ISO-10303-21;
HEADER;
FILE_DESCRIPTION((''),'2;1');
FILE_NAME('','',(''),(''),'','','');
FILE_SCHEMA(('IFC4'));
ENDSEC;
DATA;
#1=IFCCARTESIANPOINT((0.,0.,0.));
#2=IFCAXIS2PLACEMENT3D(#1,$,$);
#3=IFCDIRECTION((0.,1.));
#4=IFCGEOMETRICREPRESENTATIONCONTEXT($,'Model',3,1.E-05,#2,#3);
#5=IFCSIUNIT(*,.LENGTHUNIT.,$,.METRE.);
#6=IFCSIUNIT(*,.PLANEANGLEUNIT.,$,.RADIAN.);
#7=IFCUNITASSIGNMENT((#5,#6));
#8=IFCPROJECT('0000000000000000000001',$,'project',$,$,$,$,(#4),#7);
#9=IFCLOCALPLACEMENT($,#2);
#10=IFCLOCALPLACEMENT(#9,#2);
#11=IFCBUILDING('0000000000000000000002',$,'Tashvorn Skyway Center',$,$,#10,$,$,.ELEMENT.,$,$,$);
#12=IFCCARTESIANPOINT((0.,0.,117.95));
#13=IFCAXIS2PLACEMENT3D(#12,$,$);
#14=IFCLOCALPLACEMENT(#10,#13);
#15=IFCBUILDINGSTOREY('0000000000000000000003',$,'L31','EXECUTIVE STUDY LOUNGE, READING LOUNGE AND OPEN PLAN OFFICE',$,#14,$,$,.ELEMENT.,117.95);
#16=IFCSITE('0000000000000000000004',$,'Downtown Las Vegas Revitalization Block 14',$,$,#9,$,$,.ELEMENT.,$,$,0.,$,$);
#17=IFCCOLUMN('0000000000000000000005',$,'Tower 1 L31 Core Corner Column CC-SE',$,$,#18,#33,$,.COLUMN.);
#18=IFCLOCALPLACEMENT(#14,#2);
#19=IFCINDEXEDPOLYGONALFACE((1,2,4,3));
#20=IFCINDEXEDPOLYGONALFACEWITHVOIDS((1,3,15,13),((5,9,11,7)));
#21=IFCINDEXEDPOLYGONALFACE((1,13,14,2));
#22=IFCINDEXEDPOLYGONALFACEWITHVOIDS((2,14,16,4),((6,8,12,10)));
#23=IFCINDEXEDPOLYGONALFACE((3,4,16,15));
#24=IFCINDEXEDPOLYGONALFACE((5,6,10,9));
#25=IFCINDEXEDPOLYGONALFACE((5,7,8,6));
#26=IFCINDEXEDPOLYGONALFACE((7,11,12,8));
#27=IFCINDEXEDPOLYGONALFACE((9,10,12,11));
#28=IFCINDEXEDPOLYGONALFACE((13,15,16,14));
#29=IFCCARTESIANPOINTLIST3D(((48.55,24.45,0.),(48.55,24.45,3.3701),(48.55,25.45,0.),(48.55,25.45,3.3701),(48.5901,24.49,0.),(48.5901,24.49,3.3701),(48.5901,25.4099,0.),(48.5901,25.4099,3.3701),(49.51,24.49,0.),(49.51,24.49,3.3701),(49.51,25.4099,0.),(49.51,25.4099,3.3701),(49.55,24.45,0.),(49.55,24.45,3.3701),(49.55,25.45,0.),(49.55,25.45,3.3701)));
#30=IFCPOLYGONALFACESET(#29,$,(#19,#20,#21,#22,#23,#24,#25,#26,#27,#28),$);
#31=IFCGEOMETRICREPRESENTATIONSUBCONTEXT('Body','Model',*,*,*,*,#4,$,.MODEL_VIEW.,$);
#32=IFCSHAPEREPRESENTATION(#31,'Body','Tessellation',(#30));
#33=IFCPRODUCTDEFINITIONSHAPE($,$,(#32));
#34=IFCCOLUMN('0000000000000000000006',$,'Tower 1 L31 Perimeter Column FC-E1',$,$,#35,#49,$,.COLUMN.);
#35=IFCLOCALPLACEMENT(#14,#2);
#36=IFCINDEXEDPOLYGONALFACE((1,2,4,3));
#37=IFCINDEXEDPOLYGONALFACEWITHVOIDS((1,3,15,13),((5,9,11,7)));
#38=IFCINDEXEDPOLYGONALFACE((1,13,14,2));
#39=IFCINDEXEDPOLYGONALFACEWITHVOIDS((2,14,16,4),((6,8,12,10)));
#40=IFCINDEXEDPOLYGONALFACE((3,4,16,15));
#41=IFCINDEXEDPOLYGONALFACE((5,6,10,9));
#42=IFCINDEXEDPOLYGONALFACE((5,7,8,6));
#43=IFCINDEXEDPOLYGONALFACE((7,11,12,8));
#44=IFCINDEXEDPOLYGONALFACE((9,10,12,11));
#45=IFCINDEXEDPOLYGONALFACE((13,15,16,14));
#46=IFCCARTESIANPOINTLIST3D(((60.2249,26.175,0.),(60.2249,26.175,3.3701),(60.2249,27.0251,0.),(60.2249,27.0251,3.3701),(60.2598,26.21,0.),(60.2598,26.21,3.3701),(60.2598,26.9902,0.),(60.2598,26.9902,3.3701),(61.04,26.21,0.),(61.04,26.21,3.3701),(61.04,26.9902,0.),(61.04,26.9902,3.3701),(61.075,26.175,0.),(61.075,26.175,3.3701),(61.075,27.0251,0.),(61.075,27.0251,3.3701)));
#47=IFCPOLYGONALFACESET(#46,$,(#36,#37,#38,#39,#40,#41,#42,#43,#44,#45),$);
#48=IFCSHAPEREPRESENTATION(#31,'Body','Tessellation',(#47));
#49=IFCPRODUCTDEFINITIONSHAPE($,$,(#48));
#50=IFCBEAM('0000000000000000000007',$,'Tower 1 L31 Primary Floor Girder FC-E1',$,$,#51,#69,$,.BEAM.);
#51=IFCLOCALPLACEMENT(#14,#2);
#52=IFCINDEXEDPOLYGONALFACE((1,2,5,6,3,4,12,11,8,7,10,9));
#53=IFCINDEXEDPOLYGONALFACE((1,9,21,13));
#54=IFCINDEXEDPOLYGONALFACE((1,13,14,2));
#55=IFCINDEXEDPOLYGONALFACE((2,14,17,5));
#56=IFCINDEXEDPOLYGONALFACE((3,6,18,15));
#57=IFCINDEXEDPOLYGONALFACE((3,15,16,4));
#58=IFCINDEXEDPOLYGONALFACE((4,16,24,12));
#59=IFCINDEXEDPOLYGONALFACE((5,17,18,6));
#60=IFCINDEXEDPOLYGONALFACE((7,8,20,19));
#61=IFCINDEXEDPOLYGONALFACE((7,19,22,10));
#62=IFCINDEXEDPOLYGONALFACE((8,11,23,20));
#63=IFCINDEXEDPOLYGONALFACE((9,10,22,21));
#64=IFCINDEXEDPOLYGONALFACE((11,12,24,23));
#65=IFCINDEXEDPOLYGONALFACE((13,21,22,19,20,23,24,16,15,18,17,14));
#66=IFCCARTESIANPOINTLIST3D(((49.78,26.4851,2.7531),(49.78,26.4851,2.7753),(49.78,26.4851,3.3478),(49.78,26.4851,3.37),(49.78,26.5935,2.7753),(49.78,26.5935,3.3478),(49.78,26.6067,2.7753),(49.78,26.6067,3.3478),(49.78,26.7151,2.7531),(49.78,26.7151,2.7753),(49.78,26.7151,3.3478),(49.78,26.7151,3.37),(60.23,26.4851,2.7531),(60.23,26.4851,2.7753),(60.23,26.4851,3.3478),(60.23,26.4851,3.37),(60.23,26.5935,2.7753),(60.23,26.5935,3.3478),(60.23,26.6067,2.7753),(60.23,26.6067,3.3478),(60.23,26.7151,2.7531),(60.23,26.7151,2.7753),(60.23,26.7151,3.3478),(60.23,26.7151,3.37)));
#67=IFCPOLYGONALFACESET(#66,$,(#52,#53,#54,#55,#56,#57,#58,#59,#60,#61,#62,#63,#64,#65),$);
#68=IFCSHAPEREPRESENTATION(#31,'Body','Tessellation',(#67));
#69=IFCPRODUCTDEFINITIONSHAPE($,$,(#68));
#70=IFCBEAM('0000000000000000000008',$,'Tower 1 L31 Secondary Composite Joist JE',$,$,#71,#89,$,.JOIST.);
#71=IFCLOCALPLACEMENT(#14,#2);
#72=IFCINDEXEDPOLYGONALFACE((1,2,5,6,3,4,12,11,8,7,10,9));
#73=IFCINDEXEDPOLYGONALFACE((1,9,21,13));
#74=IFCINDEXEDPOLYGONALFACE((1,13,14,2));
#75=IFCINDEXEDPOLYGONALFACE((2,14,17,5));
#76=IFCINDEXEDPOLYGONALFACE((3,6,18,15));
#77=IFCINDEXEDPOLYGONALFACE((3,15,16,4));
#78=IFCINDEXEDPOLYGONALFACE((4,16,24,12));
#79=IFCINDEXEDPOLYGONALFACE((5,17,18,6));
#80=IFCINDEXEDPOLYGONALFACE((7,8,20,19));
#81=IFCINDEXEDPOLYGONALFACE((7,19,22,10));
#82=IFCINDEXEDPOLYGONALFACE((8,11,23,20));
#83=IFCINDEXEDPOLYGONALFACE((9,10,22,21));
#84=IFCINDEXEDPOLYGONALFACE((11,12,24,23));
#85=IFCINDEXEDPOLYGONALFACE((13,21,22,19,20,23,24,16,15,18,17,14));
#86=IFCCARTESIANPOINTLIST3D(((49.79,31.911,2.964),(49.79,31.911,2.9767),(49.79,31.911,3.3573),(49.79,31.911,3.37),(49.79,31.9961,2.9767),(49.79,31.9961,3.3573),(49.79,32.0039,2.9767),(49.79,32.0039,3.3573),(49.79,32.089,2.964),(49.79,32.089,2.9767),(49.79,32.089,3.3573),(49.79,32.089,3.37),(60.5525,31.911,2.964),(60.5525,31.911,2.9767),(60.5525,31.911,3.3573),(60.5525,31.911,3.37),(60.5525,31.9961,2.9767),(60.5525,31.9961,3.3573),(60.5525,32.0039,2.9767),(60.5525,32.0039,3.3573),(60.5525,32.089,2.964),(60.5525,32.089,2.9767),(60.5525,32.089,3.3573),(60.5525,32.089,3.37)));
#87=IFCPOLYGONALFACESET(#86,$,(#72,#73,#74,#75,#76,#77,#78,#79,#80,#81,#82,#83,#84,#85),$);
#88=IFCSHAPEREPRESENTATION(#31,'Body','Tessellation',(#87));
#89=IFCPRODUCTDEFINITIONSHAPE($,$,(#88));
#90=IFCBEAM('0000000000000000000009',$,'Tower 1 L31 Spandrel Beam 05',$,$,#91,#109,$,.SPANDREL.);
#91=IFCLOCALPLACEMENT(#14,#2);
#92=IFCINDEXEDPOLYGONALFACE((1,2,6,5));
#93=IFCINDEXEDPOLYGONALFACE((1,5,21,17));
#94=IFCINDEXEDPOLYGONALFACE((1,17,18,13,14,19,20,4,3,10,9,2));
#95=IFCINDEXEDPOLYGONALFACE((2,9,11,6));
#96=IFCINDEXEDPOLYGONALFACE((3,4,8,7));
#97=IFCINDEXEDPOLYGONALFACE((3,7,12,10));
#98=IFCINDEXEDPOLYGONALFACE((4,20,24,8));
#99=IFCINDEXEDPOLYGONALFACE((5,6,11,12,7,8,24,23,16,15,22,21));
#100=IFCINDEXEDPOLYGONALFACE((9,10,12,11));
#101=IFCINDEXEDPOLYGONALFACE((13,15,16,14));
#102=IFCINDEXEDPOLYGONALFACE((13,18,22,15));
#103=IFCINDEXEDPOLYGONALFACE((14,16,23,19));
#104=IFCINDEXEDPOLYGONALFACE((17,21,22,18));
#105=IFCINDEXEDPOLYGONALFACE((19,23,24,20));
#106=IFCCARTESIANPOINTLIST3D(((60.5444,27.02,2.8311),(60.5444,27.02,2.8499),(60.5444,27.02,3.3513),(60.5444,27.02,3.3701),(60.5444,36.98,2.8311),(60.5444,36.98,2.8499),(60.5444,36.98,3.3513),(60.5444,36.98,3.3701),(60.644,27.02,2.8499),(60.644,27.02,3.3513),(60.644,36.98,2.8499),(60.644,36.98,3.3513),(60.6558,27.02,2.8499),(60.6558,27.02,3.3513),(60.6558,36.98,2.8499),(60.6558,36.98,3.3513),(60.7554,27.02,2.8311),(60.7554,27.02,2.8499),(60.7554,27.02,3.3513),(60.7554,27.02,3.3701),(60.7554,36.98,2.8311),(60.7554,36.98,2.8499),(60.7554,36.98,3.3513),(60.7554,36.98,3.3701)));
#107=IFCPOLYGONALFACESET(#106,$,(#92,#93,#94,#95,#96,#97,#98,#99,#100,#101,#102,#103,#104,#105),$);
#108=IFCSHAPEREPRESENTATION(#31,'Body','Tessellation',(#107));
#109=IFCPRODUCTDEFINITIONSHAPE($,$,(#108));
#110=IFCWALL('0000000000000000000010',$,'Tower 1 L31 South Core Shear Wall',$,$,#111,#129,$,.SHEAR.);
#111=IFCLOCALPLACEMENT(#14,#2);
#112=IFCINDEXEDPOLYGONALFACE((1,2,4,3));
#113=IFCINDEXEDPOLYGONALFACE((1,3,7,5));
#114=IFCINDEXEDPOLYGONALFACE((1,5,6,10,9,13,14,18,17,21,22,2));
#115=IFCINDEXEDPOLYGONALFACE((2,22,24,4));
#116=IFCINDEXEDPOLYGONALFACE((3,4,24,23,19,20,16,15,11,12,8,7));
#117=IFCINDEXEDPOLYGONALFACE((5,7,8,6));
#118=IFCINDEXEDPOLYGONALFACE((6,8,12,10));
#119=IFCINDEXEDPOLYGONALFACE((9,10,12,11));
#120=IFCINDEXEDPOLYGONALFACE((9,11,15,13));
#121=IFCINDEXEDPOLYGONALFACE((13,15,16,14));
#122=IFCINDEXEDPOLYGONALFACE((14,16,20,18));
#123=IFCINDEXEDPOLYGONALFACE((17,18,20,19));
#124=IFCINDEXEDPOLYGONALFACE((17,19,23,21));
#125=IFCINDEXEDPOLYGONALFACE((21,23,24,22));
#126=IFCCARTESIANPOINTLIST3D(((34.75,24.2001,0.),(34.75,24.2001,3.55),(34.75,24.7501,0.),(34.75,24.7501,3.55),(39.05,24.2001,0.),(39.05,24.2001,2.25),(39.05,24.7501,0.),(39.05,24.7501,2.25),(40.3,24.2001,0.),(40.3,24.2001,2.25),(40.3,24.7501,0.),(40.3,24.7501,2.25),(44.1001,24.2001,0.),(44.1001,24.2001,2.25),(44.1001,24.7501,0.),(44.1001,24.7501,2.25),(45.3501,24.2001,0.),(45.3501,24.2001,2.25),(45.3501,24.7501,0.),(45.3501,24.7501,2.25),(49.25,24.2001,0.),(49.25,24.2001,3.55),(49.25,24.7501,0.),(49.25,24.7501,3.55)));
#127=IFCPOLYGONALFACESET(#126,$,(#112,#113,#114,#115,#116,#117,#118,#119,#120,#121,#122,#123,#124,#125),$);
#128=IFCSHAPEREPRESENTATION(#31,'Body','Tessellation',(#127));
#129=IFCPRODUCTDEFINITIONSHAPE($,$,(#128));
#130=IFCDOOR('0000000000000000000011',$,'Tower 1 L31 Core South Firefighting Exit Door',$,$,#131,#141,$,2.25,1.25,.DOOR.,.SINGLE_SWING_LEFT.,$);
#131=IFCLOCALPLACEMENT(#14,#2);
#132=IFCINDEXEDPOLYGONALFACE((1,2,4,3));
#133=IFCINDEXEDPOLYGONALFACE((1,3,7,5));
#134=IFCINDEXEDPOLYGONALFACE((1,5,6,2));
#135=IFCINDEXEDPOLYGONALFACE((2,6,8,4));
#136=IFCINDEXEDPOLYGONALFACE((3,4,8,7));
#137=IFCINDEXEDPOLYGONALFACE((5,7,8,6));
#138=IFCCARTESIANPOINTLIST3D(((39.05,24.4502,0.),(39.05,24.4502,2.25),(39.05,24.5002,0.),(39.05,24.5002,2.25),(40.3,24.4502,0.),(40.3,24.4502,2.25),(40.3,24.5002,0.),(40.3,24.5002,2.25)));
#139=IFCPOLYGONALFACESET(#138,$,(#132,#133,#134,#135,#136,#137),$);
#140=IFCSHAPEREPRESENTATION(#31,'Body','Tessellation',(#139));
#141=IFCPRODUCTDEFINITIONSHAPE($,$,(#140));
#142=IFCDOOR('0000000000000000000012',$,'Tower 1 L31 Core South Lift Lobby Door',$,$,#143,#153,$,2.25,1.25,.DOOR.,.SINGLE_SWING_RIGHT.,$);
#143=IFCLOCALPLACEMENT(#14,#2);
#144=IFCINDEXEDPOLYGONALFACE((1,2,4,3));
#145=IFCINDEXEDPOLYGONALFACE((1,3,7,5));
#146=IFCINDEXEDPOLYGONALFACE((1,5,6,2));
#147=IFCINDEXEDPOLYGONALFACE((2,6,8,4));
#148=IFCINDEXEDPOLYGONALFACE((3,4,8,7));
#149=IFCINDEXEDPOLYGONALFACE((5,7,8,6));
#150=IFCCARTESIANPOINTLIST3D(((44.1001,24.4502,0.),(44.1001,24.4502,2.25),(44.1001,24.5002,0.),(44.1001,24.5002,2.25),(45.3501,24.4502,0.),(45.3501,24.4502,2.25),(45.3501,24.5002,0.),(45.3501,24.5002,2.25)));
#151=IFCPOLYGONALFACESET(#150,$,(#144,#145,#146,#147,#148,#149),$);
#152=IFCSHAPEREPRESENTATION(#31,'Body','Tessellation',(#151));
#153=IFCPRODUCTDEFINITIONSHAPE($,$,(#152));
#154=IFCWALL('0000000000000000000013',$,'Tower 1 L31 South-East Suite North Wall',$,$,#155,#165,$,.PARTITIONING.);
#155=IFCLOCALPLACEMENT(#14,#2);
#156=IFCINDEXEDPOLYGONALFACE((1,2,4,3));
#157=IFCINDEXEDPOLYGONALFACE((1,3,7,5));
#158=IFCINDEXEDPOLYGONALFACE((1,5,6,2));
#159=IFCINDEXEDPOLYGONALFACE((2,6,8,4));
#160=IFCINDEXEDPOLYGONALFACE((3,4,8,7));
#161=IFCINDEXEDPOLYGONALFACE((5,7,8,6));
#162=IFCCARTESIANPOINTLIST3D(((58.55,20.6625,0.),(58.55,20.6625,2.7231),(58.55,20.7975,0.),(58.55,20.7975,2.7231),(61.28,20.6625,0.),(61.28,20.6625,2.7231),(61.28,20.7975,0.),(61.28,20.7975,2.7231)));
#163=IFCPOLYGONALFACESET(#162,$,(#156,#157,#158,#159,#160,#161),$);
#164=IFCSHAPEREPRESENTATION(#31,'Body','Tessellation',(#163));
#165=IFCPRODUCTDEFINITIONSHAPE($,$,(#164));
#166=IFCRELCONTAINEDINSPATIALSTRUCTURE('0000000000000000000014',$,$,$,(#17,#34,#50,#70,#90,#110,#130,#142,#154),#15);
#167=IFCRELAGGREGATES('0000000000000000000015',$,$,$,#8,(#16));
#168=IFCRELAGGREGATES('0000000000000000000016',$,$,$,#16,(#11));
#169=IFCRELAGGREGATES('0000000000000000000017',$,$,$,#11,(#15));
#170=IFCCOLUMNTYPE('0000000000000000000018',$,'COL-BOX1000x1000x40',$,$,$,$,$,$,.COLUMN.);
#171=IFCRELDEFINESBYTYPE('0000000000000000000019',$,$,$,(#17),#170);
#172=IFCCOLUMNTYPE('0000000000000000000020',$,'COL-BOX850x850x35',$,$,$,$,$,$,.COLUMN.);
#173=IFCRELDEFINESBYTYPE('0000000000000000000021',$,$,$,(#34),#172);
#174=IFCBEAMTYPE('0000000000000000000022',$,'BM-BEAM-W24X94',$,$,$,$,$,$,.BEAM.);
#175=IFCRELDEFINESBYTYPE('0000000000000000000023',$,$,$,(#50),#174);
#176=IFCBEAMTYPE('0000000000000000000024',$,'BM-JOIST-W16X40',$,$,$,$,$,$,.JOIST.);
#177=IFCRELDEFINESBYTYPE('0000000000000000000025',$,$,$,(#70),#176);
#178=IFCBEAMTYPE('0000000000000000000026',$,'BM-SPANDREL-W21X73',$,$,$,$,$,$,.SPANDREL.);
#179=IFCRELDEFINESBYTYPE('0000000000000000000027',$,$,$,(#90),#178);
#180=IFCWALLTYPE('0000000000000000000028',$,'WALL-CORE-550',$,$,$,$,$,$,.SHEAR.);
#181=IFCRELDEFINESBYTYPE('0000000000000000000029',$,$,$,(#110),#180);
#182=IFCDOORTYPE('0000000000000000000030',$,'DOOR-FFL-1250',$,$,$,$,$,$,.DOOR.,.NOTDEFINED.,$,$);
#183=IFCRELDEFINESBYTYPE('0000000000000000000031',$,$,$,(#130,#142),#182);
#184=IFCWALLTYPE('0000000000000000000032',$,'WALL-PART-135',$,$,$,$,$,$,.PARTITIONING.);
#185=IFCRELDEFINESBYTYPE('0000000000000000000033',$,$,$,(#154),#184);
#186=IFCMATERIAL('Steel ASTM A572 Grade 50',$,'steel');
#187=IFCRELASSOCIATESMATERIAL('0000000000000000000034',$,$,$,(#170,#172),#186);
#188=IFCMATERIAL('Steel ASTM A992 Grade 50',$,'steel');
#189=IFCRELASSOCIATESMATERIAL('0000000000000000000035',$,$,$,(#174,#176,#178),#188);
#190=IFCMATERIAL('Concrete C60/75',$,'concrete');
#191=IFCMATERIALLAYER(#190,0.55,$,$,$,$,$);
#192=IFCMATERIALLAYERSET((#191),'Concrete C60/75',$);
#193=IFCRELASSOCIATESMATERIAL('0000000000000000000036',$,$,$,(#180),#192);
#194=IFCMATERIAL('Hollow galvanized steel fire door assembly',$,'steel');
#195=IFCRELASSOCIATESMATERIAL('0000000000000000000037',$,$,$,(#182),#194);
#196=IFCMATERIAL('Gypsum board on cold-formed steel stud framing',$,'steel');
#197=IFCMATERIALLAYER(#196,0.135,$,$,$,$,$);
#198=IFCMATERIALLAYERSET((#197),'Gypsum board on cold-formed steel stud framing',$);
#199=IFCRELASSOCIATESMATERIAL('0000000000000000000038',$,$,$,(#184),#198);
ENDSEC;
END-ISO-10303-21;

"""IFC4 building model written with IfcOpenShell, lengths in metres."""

from ifc_helpers import new_model, si_unit, direction, frame, frame_2d, origin, origin_2d, place, context, subcontext, project, spatial, rectangle, hollow_rectangle, i_section, extrude, material, layer, layer_set, material_profile, profile_set, type_object, element, fill, save


model = new_model("IFC4")

# Units and contexts
model_context = context("Model", 3, precision=1e-05, world=origin(), true_north=direction((0.0, 1.0)))
body_context = subcontext(model_context, "Body", "Model", "MODEL_VIEW")
ifc_project = project(units=[si_unit("LENGTHUNIT", "METRE"), si_unit("PLANEANGLEUNIT", "RADIAN")], contexts=[model_context])

# Site, building, storey
site_placement = place(None, origin())
site = spatial("IfcSite", under=ifc_project, at=site_placement, Name="Downtown Las Vegas Revitalization Block 14", CompositionType="ELEMENT", RefElevation=0.0)
building_placement = place(site_placement, origin())
building = spatial("IfcBuilding", under=site, at=building_placement, Name="Tashvorn Skyway Center", CompositionType="ELEMENT")
storey_placement = place(building_placement, frame((0.0, 0.0, 117.95)))
storey = spatial("IfcBuildingStorey", under=building, at=storey_placement, Name="L31", Description="EXECUTIVE STUDY LOUNGE, READING LOUNGE AND OPEN PLAN OFFICE", CompositionType="ELEMENT", Elevation=117.95)

# Columns
ifc_material_1 = material(Name="Steel ASTM A572 Grade 50", Category="steel")
ifc_material_profile_1 = material_profile(ifc_material_1, hollow_rectangle(XDim=1.0, YDim=1.0, WallThickness=0.04, at=origin_2d()), Name="BOX1000x1000x40")
ifc_profile_set_1 = profile_set([ifc_material_profile_1], Name="Steel ASTM A572 Grade 50")
column_type_1 = type_object("IfcColumnType", Name="COL-BOX1000x1000x40", PredefinedType="COLUMN", material=ifc_profile_set_1)
column_1_placement = place(storey_placement, frame((49.05, 24.95, 0.0), z_axis=(0.0, 0.0, 1.0), x_axis=(1.0, 0.0, 0.0)))
element("IfcColumn", 1, at=column_1_placement, inside=storey, type_object=column_type_1, Name="Tower 1 L31 Core Corner Column CC-SE", PredefinedType="COLUMN", context=body_context, shape_type="SweptSolid", body=[
    extrude(hollow_rectangle(XDim=1.0, YDim=1.0, WallThickness=0.04, at=origin_2d()), origin(), (0.0, 0.0, 1.0), 3.3701),
])
ifc_material_profile_2 = material_profile(ifc_material_1, hollow_rectangle(XDim=0.8501, YDim=0.8501, WallThickness=0.0349, at=origin_2d()), Name="BOX850x850x35")
ifc_profile_set_2 = profile_set([ifc_material_profile_2], Name="Steel ASTM A572 Grade 50")
column_type_2 = type_object("IfcColumnType", Name="COL-BOX850x850x35", PredefinedType="COLUMN", material=ifc_profile_set_2)
column_2_placement = place(storey_placement, frame((60.6499, 26.6001, 0.0), z_axis=(0.0, 0.0, 1.0), x_axis=(1.0, 0.0, 0.0)))
element("IfcColumn", 2, at=column_2_placement, inside=storey, type_object=column_type_2, Name="Tower 1 L31 Perimeter Column FC-E1", PredefinedType="COLUMN", context=body_context, shape_type="SweptSolid", body=[
    extrude(hollow_rectangle(XDim=0.8501, YDim=0.8501, WallThickness=0.0349, at=origin_2d()), origin(), (0.0, 0.0, 1.0), 3.3701),
])

# Beams
ifc_material_2 = material(Name="Steel ASTM A992 Grade 50", Category="steel")
ifc_material_profile_3 = material_profile(ifc_material_2, i_section(OverallWidth=0.23, OverallDepth=0.6169, WebThickness=0.0132, FlangeThickness=0.0222, at=origin_2d()), Name="W24X94")
ifc_profile_set_3 = profile_set([ifc_material_profile_3], Name="Steel ASTM A992 Grade 50")
beam_type_1 = type_object("IfcBeamType", Name="BM-BEAM-W24X94", PredefinedType="BEAM", material=ifc_profile_set_3)
beam_1_placement = place(storey_placement, frame((60.23, 26.6001, 3.0615), z_axis=(-1.0, 0.0, 0.0), x_axis=(0.0, -1.0, 0.0)))
element("IfcBeam", 3, at=beam_1_placement, inside=storey, type_object=beam_type_1, Name="Tower 1 L31 Primary Floor Girder FC-E1", PredefinedType="BEAM", context=body_context, shape_type="SweptSolid", body=[
    extrude(i_section(OverallWidth=0.23, OverallDepth=0.6169, WebThickness=0.0132, FlangeThickness=0.0222, at=origin_2d()), origin(), (0.0, 0.0, 1.0), 10.45),
])
ifc_material_profile_4 = material_profile(ifc_material_2, i_section(OverallWidth=0.178, OverallDepth=0.406, WebThickness=0.0078, FlangeThickness=0.0127, at=origin_2d()), Name="W16X40")
ifc_profile_set_4 = profile_set([ifc_material_profile_4], Name="Steel ASTM A992 Grade 50")
beam_type_2 = type_object("IfcBeamType", Name="BM-JOIST-W16X40", PredefinedType="JOIST", material=ifc_profile_set_4)
beam_2_placement = place(storey_placement, frame((49.79, 32.0, 3.167), z_axis=(1.0, 0.0, 0.0), x_axis=(0.0, 1.0, 0.0)))
element("IfcBeam", 4, at=beam_2_placement, inside=storey, type_object=beam_type_2, Name="Tower 1 L31 Secondary Composite Joist JE", PredefinedType="JOIST", context=body_context, shape_type="SweptSolid", body=[
    extrude(i_section(OverallWidth=0.178, OverallDepth=0.406, WebThickness=0.0078, FlangeThickness=0.0127, at=origin_2d()), origin(), (0.0, 0.0, 1.0), 10.7625),
])
ifc_material_profile_5 = material_profile(ifc_material_2, i_section(OverallWidth=0.2109, OverallDepth=0.5391, WebThickness=0.0117, FlangeThickness=0.0188, at=origin_2d()), Name="W21X73")
ifc_profile_set_5 = profile_set([ifc_material_profile_5], Name="Steel ASTM A992 Grade 50")
beam_type_3 = type_object("IfcBeamType", Name="BM-SPANDREL-W21X73", PredefinedType="SPANDREL", material=ifc_profile_set_5)
beam_3_placement = place(storey_placement, frame((60.6499, 27.02, 3.1006), z_axis=(0.0, 1.0, 0.0), x_axis=(-1.0, 0.0, 0.0)))
element("IfcBeam", 5, at=beam_3_placement, inside=storey, type_object=beam_type_3, Name="Tower 1 L31 Spandrel Beam 05", PredefinedType="SPANDREL", context=body_context, shape_type="SweptSolid", body=[
    extrude(i_section(OverallWidth=0.2109, OverallDepth=0.5391, WebThickness=0.0117, FlangeThickness=0.0188, at=origin_2d()), origin(), (0.0, 0.0, 1.0), 9.96),
])

# Wall, openings, doors
ifc_material_3 = material(Name="Concrete C60/75", Category="concrete")
ifc_layer_1 = layer(ifc_material_3, 0.55)
ifc_layer_set_1 = layer_set([ifc_layer_1], Name="Concrete C60/75")
wall_type_1 = type_object("IfcWallType", Name="WALL-CORE-550", PredefinedType="SHEAR", material=ifc_layer_set_1)
wall_1_placement = place(storey_placement, frame((49.25, 24.4751, 0.0), z_axis=(0.0, 0.0, 1.0), x_axis=(-1.0, 0.0, 0.0)))
wall_1 = element("IfcWall", 6, at=wall_1_placement, inside=storey, type_object=wall_type_1, Name="Tower 1 L31 South Core Shear Wall", PredefinedType="SHEAR", context=body_context, shape_type="SweptSolid", body=[
    extrude(rectangle(XDim=14.5, YDim=0.55, at=frame_2d((7.25, 0.0))), origin(), (0.0, 0.0, 1.0), 3.55),
])
opening_1_placement = place(wall_1_placement, frame((8.95, 0.0, 0.0)))
opening_1 = element("IfcOpeningElement", 7, at=opening_1_placement, cuts=wall_1, PredefinedType="OPENING", context=body_context, shape_type="SweptSolid", body=[
    extrude(rectangle(XDim=1.25, YDim=2.25, at=frame_2d((0.625, 1.125))), frame((0.0, 0.2849, 0.0), z_axis=(0.0, -1.0, 0.0), x_axis=(1.0, 0.0, 0.0)), (0.0, 0.0, 1.0), 0.5701),
])
opening_2_placement = place(wall_1_placement, frame((3.8999, 0.0, 0.0)))
opening_2 = element("IfcOpeningElement", 8, at=opening_2_placement, cuts=wall_1, PredefinedType="OPENING", context=body_context, shape_type="SweptSolid", body=[
    extrude(rectangle(XDim=1.25, YDim=2.25, at=frame_2d((0.625, 1.125))), frame((0.0, 0.2849, 0.0), z_axis=(0.0, -1.0, 0.0), x_axis=(1.0, 0.0, 0.0)), (0.0, 0.0, 1.0), 0.5701),
])
ifc_material_4 = material(Name="Hollow galvanized steel fire door assembly", Category="steel")
door_type_1 = type_object("IfcDoorType", Name="DOOR-FFL-1250", OperationType="NOTDEFINED", PredefinedType="DOOR", material=ifc_material_4)
door_1_placement = place(opening_1_placement, origin())
door_1 = element("IfcDoor", 9, at=door_1_placement, inside=storey, type_object=door_type_1, Name="Tower 1 L31 Core South Firefighting Exit Door", OperationType="SINGLE_SWING_LEFT", OverallHeight=2.25, OverallWidth=1.25, PredefinedType="DOOR", context=body_context, shape_type="SweptSolid", body=[
    extrude(rectangle(XDim=1.25, YDim=2.25, at=frame_2d((0.625, 1.125))), frame((0.0, 0.0249, 0.0), z_axis=(0.0, -1.0, 0.0), x_axis=(1.0, 0.0, 0.0)), (0.0, 0.0, 1.0), 0.05),
])
fill(opening_1, door_1)
door_2_placement = place(opening_2_placement, origin())
door_2 = element("IfcDoor", 10, at=door_2_placement, inside=storey, type_object=door_type_1, Name="Tower 1 L31 Core South Lift Lobby Door", OperationType="SINGLE_SWING_RIGHT", OverallHeight=2.25, OverallWidth=1.25, PredefinedType="DOOR", context=body_context, shape_type="SweptSolid", body=[
    extrude(rectangle(XDim=1.25, YDim=2.25, at=frame_2d((0.625, 1.125))), frame((0.0, 0.0249, 0.0), z_axis=(0.0, -1.0, 0.0), x_axis=(1.0, 0.0, 0.0)), (0.0, 0.0, 1.0), 0.05),
])
fill(opening_2, door_2)

# Wall
ifc_material_5 = material(Name="Gypsum board on cold-formed steel stud framing", Category="steel")
ifc_layer_2 = layer(ifc_material_5, 0.135)
ifc_layer_set_2 = layer_set([ifc_layer_2], Name="Gypsum board on cold-formed steel stud framing")
wall_type_2 = type_object("IfcWallType", Name="WALL-PART-135", PredefinedType="PARTITIONING", material=ifc_layer_set_2)
wall_2_placement = place(storey_placement, frame((58.55, 20.73, 0.0), z_axis=(0.0, 0.0, 1.0), x_axis=(1.0, 0.0, 0.0)))
element("IfcWall", 11, at=wall_2_placement, inside=storey, type_object=wall_type_2, Name="Tower 1 L31 South-East Suite North Wall", PredefinedType="PARTITIONING", context=body_context, shape_type="SweptSolid", body=[
    extrude(rectangle(XDim=2.73, YDim=0.135, at=frame_2d((1.365, 0.0))), origin(), (0.0, 0.0, 1.0), 2.7231),
])

save(model, "model.ifc")
